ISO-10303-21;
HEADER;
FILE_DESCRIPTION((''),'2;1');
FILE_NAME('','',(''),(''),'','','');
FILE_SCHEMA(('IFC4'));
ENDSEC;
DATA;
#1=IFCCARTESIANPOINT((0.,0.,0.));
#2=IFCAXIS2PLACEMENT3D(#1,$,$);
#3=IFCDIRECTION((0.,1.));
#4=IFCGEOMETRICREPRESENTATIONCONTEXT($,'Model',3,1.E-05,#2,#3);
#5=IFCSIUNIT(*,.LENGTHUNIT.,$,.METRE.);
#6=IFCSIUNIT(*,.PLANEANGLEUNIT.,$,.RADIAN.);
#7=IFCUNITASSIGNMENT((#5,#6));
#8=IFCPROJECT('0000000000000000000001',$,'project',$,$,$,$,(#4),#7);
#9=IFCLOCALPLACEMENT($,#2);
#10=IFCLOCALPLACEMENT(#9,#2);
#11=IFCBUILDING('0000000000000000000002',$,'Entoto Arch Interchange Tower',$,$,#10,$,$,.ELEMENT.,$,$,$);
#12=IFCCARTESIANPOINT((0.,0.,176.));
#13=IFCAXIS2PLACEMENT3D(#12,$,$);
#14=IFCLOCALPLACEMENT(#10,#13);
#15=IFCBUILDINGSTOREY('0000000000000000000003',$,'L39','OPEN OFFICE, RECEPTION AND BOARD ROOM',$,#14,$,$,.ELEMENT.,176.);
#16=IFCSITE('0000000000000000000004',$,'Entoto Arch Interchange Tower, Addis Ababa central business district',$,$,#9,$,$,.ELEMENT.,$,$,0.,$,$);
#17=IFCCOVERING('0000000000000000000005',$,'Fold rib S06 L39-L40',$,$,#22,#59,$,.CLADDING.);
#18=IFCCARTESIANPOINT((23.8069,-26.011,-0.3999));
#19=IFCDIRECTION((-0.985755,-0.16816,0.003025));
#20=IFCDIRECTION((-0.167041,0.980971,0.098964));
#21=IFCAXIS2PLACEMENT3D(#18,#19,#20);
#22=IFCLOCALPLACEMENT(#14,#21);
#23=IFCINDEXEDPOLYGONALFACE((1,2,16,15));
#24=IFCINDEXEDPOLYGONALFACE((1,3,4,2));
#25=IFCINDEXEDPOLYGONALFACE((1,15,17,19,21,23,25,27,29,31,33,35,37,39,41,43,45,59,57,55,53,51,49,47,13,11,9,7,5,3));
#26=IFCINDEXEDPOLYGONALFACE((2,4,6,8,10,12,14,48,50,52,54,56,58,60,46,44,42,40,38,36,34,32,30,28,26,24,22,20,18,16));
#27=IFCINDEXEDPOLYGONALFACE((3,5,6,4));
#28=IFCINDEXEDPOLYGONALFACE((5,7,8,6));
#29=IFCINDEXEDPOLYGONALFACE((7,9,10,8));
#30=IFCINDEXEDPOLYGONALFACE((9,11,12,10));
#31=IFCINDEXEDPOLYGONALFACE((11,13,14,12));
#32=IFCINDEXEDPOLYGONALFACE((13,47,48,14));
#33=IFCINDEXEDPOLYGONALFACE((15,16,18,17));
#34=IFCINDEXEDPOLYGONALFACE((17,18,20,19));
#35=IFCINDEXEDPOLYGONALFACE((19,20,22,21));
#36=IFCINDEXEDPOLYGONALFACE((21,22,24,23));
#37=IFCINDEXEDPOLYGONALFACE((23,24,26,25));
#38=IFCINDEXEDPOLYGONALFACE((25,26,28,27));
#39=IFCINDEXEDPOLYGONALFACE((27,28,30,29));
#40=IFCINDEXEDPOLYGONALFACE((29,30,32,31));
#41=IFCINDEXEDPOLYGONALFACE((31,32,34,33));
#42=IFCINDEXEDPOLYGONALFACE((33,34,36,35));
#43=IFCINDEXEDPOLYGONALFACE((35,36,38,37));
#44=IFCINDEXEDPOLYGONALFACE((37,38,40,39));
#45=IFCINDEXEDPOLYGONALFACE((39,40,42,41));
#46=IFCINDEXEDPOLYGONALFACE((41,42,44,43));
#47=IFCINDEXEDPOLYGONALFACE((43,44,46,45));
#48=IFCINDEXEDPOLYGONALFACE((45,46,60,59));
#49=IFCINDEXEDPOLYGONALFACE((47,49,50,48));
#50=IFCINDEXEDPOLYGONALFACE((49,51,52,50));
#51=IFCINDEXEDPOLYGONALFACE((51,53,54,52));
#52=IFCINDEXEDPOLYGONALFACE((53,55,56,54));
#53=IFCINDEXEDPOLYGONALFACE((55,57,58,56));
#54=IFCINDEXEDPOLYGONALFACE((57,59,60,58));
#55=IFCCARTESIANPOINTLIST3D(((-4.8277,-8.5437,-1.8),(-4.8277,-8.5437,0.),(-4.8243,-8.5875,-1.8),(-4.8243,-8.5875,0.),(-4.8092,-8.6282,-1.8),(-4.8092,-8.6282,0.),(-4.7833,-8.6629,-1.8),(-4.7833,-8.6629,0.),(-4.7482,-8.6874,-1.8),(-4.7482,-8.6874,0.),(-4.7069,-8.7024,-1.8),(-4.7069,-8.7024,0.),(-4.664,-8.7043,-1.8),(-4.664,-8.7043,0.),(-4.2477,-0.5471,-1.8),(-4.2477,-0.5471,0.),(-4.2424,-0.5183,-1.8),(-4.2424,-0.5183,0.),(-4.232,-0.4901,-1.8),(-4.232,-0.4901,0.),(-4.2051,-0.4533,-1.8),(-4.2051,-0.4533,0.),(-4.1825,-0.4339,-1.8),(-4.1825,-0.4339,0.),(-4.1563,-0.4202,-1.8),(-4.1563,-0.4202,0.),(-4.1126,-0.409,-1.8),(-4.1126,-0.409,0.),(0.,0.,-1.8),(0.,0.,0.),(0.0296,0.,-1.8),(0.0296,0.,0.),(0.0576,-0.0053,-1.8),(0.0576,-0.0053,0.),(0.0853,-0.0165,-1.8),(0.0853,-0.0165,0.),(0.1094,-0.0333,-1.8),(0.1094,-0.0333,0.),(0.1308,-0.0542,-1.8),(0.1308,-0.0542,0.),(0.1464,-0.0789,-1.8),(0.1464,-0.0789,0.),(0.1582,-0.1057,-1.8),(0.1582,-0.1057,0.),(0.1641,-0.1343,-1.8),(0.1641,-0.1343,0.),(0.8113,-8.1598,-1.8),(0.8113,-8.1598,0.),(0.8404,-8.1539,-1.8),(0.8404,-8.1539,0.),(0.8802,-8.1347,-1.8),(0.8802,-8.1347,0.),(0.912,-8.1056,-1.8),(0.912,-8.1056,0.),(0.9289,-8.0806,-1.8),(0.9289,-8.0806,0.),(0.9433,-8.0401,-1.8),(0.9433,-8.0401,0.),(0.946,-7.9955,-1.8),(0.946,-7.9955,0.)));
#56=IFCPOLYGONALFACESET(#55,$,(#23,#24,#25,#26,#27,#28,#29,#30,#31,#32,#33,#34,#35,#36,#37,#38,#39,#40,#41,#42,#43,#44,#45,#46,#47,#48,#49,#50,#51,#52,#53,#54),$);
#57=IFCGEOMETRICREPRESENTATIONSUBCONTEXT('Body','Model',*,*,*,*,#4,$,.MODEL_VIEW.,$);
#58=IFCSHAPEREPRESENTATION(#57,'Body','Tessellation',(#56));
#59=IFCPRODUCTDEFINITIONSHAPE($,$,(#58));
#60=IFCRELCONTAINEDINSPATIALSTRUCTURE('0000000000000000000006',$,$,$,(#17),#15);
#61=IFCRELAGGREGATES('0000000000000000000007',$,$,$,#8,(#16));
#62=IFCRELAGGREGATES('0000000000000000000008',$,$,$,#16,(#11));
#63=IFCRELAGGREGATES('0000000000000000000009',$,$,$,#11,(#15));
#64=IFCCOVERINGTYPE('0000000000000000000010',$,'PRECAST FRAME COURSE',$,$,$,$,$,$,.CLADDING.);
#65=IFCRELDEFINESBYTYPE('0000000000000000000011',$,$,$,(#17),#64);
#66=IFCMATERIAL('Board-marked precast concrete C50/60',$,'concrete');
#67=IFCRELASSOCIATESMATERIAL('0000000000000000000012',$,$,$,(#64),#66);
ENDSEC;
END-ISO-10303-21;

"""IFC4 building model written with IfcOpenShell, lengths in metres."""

from ifc_helpers import new_model, si_unit, direction, frame, origin, place, context, subcontext, project, spatial, polyline, outline, extrude, material, type_object, element, save


model = new_model("IFC4")

# Units and contexts
model_context = context("Model", 3, precision=1e-05, world=origin(), true_north=direction((0.0, 1.0)))
body_context = subcontext(model_context, "Body", "Model", "MODEL_VIEW")
ifc_project = project(units=[si_unit("LENGTHUNIT", "METRE"), si_unit("PLANEANGLEUNIT", "RADIAN")], contexts=[model_context])

# Site, building, storey
site_placement = place(None, origin())
site = spatial("IfcSite", under=ifc_project, at=site_placement, Name="Entoto Arch Interchange Tower, Addis Ababa central business district", CompositionType="ELEMENT", RefElevation=0.0)
building_placement = place(site_placement, origin())
building = spatial("IfcBuilding", under=site, at=building_placement, Name="Entoto Arch Interchange Tower", CompositionType="ELEMENT")
storey_placement = place(building_placement, frame((0.0, 0.0, 176.0)))
storey = spatial("IfcBuildingStorey", under=building, at=storey_placement, Name="L39", Description="OPEN OFFICE, RECEPTION AND BOARD ROOM", CompositionType="ELEMENT", Elevation=176.0)

# Covering
ifc_material_1 = material(Name="Board-marked precast concrete C50/60", Category="concrete")
covering_type = type_object("IfcCoveringType", Name="PRECAST FRAME COURSE", PredefinedType="CLADDING", material=ifc_material_1)
covering_placement = place(storey_placement, frame((23.8069, -26.011, -0.3999), z_axis=(-0.985755, -0.16816, 0.003025), x_axis=(-0.167041, 0.980971, 0.098964)))
element("IfcCovering", 1, at=covering_placement, inside=storey, type_object=covering_type, Name="Fold rib S06 L39-L40", PredefinedType="CLADDING", context=body_context, shape_type="SweptSolid", body=[
    extrude(outline(polyline([(0.0, 0.0), (0.0296, 0.0), (0.0576, -0.0053), (0.0853, -0.0165), (0.1094, -0.0333), (0.1308, -0.0542), (0.1464, -0.0789), (0.1582, -0.1057), (0.1641, -0.1343), (0.946, -7.9955), (0.9433, -8.0401), (0.9289, -8.0806), (0.912, -8.1056), (0.8802, -8.1347), (0.8404, -8.1539), (0.8113, -8.1598), (-4.664, -8.7043), (-4.7069, -8.7024), (-4.7482, -8.6874), (-4.7833, -8.6629), (-4.8092, -8.6282), (-4.8243, -8.5875), (-4.8277, -8.5437), (-4.2477, -0.5471), (-4.2424, -0.5183), (-4.232, -0.4901), (-4.2051, -0.4533), (-4.1825, -0.4339), (-4.1563, -0.4202), (-4.1126, -0.409), (0.0, 0.0)])), origin(), (0.0, 0.0, -1.0), 1.8),
])

save(model, "model.ifc")
